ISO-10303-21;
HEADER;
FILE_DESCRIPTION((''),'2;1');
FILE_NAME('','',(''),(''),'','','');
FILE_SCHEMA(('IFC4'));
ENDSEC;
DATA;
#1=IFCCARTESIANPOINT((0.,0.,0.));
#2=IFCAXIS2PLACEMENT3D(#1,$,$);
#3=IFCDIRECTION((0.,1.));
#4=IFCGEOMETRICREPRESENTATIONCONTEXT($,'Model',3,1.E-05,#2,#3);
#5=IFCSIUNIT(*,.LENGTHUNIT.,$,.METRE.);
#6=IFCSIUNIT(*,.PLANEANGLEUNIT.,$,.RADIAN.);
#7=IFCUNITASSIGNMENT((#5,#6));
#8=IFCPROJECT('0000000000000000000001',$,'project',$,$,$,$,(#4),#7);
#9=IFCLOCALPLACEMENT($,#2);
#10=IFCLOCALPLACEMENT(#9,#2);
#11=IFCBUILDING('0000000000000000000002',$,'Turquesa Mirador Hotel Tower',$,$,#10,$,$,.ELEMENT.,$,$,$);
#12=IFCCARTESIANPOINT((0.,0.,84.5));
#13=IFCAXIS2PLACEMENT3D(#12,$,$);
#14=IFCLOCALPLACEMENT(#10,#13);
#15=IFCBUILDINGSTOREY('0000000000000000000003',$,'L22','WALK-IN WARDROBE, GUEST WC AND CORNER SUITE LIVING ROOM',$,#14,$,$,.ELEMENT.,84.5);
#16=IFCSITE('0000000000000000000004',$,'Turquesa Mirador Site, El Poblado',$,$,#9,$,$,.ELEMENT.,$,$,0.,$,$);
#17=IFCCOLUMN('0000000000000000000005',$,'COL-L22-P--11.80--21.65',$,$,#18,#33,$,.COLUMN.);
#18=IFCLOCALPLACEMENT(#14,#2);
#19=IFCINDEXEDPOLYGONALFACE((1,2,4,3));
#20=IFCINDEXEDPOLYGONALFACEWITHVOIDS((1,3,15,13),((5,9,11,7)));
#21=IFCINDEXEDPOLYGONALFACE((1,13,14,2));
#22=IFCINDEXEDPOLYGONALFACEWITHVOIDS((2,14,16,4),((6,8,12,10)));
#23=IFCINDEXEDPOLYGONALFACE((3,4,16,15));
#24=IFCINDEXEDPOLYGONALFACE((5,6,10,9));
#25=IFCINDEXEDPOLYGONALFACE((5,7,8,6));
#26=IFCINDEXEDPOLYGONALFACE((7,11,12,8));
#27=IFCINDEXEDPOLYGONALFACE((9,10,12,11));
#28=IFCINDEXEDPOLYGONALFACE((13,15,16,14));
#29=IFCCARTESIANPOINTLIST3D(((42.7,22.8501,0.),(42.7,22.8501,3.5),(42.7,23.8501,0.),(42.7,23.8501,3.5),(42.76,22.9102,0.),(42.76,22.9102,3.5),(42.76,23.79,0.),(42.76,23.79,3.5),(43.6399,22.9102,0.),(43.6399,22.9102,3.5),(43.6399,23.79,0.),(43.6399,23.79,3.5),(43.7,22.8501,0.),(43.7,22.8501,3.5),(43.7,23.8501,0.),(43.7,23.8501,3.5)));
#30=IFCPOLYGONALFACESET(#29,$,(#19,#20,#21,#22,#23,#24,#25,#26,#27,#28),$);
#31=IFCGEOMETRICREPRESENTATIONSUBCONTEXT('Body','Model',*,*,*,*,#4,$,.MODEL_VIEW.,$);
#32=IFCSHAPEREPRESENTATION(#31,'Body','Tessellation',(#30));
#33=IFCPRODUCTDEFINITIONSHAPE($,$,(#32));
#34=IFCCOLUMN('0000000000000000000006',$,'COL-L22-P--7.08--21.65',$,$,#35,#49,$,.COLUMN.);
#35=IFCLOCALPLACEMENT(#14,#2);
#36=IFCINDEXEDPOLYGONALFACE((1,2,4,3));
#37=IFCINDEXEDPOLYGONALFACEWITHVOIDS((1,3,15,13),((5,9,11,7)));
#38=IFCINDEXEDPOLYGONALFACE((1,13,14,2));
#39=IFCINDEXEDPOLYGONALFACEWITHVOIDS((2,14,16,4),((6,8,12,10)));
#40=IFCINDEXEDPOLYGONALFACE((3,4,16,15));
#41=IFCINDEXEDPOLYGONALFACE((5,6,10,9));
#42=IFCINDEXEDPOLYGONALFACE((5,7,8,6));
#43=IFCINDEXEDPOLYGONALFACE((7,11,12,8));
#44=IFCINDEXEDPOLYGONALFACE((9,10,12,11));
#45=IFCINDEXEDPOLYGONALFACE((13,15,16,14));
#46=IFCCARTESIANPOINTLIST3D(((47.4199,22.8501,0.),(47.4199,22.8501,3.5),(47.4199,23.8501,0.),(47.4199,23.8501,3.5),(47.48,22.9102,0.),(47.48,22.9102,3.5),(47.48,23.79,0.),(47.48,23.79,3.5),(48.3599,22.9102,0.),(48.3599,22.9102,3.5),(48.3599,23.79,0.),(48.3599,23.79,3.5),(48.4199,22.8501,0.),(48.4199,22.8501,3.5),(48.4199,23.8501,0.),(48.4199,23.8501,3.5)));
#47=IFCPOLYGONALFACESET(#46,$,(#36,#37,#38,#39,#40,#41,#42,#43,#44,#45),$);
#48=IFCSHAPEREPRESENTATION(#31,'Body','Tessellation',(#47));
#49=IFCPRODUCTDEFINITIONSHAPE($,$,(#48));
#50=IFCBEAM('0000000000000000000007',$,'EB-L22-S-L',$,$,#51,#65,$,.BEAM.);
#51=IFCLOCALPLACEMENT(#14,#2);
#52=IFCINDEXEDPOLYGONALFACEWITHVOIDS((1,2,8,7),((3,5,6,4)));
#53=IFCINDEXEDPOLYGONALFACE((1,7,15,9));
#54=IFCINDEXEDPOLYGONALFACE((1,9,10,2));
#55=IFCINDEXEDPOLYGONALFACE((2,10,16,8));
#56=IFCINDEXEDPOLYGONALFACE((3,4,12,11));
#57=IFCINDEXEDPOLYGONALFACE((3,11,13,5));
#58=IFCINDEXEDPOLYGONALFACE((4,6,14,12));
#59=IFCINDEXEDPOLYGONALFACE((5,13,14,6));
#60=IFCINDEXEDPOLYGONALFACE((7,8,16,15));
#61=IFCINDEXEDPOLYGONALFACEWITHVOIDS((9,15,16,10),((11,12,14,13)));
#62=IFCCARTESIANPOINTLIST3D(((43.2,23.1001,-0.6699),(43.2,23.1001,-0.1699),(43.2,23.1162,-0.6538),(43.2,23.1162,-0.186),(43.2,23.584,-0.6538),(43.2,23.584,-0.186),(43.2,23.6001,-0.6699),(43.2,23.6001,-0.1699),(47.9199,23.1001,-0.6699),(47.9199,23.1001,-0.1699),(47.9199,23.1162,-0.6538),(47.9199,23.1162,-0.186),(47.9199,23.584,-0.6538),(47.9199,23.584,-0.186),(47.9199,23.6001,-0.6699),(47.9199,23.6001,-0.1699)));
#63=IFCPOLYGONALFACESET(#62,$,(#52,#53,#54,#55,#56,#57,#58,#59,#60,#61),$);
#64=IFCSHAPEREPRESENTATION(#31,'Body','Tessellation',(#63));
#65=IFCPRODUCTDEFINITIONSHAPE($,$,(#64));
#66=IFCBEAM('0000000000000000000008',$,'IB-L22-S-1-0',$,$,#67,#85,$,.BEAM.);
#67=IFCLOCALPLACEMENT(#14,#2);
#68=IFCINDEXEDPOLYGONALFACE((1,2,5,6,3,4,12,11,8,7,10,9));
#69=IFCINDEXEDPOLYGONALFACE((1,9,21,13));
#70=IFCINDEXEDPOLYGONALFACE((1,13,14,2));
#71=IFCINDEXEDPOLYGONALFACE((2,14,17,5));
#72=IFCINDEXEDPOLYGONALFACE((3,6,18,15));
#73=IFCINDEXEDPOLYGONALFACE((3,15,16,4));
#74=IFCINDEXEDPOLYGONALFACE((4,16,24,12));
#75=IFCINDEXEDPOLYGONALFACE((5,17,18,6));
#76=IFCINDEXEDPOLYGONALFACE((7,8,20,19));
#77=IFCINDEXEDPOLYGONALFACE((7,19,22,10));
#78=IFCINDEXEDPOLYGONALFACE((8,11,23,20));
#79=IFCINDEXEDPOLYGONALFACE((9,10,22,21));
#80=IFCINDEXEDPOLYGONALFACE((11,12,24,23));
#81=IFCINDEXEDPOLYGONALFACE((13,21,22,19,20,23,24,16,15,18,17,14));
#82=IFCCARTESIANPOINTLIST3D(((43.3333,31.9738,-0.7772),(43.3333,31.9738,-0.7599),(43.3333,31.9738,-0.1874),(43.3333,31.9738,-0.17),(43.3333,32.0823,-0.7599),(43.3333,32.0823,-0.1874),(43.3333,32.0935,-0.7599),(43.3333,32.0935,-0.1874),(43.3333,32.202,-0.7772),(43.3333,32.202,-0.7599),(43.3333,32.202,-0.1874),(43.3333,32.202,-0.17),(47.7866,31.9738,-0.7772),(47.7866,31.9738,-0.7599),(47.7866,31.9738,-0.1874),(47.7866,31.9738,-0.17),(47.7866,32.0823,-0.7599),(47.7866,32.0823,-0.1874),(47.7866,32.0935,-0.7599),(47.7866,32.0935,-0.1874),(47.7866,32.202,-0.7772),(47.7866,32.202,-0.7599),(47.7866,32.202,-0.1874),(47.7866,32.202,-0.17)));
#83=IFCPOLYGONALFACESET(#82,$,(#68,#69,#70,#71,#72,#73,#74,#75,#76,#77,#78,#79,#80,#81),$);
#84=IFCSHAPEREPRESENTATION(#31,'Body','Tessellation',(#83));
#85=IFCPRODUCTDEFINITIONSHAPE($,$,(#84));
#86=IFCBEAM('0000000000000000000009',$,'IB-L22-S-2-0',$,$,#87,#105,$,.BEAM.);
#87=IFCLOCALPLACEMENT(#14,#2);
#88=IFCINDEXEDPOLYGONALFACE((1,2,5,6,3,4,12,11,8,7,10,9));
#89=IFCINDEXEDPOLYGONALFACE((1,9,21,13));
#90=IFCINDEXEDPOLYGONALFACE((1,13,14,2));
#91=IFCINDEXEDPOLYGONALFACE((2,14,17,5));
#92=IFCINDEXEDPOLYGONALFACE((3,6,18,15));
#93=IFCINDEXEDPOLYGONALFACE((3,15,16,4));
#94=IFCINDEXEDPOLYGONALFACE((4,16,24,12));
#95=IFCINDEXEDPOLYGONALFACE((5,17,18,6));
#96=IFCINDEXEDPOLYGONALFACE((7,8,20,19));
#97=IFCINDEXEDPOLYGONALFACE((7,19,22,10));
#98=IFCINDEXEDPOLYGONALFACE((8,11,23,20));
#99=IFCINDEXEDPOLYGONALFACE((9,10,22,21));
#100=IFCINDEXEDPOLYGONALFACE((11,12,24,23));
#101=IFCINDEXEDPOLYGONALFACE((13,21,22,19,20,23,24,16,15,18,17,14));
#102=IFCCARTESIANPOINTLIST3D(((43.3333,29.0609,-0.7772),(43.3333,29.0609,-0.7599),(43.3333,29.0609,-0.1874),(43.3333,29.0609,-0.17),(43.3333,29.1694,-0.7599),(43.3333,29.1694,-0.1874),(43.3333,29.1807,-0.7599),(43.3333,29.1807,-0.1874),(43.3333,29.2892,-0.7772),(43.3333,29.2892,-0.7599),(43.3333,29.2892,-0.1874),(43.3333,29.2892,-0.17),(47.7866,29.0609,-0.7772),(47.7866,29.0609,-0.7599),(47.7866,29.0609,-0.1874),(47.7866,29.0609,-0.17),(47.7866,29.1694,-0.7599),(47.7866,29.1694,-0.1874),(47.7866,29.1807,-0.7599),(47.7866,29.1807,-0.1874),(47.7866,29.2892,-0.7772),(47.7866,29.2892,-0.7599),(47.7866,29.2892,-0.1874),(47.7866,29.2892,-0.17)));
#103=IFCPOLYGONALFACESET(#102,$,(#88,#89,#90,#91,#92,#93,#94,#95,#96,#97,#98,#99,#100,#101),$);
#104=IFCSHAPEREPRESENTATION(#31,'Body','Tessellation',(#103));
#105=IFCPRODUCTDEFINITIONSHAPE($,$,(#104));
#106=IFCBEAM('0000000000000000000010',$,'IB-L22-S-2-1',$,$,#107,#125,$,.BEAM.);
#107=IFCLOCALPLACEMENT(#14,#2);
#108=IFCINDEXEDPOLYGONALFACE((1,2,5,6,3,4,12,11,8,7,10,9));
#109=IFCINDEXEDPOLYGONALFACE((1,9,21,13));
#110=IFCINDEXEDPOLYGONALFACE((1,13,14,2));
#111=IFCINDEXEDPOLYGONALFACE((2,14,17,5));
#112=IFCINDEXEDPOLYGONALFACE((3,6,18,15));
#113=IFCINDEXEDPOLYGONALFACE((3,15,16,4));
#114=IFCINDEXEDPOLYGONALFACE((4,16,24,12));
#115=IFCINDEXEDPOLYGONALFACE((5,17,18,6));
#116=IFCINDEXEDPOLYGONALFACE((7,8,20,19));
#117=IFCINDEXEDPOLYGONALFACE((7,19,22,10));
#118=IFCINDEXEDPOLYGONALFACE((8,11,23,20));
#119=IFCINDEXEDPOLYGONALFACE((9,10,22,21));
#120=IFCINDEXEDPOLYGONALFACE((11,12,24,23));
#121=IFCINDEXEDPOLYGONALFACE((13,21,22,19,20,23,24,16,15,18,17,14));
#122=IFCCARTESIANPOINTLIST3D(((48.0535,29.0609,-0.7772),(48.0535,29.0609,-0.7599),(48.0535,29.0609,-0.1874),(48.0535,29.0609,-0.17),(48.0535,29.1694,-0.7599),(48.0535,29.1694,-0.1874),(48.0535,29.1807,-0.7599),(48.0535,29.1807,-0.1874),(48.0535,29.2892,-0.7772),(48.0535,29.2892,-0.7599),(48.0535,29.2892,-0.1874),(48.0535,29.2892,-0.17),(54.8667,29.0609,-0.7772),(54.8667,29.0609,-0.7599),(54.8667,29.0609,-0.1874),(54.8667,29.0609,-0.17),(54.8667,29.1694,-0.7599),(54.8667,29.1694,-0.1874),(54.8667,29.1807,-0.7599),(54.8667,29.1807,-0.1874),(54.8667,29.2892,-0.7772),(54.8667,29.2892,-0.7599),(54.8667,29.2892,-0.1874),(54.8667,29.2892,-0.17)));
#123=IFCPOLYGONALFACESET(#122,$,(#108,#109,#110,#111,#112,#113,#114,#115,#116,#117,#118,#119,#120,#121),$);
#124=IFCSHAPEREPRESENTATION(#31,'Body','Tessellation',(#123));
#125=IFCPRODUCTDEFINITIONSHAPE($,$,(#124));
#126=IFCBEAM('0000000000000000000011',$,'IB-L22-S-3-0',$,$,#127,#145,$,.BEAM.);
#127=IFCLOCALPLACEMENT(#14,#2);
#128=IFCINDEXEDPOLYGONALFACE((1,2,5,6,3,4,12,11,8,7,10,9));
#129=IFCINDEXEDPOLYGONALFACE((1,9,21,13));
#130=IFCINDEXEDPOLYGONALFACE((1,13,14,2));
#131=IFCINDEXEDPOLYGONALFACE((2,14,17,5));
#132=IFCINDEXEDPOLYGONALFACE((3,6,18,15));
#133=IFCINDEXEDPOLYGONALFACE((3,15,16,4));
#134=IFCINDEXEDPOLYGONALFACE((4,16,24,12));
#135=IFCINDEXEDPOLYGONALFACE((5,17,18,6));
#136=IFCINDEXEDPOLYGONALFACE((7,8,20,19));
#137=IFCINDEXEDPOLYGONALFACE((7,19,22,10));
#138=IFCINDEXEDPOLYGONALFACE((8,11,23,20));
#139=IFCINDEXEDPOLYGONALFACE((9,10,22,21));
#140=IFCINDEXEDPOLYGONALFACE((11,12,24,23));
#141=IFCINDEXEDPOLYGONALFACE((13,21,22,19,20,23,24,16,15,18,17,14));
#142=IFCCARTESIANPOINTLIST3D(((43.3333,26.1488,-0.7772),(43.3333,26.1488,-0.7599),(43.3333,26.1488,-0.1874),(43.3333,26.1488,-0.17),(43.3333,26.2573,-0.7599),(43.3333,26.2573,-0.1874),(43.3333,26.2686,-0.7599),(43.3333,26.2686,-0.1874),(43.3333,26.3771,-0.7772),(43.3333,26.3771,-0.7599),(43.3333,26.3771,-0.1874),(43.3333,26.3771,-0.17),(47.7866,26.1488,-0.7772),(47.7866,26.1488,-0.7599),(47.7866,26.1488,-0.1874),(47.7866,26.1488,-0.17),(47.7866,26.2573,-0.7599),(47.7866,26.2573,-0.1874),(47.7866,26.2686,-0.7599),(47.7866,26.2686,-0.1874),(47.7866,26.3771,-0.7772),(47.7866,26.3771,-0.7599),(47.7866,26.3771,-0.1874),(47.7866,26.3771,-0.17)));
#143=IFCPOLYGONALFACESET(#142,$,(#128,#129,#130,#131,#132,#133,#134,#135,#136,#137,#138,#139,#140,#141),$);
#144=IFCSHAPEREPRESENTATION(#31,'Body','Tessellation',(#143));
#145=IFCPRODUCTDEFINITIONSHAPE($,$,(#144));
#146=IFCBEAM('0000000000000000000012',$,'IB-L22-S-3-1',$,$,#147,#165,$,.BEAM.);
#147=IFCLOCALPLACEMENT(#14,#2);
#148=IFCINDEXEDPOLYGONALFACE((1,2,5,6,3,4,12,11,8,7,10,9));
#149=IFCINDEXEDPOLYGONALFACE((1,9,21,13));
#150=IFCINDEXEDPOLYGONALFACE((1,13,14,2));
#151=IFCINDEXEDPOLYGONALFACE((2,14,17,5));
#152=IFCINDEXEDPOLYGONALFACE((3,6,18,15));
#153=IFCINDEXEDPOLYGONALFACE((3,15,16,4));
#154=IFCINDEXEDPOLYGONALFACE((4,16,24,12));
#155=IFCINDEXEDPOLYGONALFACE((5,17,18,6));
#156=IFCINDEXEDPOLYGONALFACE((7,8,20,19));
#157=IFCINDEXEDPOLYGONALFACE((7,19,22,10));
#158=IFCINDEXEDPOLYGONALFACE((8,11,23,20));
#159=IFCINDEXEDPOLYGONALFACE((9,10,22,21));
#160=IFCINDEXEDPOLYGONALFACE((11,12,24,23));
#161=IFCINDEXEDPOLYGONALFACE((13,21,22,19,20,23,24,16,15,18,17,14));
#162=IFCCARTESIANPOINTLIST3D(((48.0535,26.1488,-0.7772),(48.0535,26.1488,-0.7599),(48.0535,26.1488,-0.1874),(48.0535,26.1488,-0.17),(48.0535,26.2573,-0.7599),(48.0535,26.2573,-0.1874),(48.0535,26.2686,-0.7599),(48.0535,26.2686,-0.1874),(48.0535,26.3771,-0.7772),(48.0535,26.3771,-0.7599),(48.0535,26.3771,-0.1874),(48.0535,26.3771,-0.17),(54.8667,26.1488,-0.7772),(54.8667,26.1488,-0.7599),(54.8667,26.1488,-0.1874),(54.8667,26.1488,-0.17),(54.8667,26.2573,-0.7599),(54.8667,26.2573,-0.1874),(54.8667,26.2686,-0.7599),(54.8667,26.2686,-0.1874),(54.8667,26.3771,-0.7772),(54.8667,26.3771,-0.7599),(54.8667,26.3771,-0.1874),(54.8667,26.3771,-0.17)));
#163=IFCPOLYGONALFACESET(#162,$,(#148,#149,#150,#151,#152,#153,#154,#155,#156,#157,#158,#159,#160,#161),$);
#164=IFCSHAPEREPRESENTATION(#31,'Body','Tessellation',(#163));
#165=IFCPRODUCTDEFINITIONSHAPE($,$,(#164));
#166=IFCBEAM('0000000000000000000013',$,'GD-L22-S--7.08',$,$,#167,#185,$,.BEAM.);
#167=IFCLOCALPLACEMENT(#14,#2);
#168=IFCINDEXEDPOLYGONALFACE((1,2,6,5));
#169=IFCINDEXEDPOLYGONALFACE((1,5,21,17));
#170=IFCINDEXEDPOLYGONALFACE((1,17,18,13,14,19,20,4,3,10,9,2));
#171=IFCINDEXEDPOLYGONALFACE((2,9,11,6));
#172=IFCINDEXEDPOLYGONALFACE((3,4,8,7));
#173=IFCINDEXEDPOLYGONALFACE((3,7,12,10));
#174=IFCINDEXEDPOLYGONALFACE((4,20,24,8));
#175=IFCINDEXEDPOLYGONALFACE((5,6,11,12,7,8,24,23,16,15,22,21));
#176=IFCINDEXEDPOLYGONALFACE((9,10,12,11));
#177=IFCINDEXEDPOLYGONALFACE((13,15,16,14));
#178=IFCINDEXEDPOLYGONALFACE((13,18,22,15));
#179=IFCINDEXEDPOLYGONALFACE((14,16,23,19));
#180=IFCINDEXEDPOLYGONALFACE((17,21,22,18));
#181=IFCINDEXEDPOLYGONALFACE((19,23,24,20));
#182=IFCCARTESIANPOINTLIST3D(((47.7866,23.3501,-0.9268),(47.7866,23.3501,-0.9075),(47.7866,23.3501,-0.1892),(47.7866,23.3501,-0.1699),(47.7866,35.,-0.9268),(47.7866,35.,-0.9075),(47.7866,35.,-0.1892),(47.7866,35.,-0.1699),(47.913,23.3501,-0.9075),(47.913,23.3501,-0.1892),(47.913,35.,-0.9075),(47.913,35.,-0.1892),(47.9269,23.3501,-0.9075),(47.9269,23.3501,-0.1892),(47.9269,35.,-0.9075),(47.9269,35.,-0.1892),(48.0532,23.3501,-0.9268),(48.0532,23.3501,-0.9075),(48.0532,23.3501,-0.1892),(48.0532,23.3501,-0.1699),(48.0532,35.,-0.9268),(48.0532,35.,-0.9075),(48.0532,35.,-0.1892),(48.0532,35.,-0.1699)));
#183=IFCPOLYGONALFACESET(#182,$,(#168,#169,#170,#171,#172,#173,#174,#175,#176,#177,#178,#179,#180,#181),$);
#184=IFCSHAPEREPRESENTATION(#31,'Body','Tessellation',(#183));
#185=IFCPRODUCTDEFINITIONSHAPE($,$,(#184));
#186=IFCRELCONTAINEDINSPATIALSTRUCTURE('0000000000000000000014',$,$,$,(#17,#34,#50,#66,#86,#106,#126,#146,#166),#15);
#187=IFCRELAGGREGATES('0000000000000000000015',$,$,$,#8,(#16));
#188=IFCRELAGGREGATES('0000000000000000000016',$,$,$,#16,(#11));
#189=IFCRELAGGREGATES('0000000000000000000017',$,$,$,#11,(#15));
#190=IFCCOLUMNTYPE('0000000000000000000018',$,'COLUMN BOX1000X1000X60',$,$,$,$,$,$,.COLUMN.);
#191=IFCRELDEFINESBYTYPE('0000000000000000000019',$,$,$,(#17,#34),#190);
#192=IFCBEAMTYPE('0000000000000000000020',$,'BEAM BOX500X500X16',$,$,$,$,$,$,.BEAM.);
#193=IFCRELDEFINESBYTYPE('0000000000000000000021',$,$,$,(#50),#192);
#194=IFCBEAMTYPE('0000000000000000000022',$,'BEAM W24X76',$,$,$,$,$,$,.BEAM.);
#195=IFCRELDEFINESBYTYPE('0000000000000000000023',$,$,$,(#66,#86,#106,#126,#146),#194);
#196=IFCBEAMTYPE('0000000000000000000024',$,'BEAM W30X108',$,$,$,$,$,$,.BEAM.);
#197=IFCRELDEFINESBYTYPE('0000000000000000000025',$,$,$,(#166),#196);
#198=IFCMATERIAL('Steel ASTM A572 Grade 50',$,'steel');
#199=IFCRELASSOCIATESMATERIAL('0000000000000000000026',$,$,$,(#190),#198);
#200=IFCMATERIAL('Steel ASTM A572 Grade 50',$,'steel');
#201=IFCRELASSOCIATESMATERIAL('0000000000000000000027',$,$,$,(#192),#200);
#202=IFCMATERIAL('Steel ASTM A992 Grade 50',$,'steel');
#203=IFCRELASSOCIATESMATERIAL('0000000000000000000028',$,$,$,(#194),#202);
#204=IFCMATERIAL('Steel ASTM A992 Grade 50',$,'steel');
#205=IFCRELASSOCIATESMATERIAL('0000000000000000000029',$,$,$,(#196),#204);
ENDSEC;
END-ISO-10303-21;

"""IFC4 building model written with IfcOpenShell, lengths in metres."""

from ifc_helpers import new_model, si_unit, direction, frame, origin, origin_2d, place, context, subcontext, project, spatial, hollow_rectangle, i_section, extrude, material, material_profile, profile_set, type_object, element, save


model = new_model("IFC4")

# Units and contexts
model_context = context("Model", 3, precision=1e-05, world=origin(), true_north=direction((0.0, 1.0)))
body_context = subcontext(model_context, "Body", "Model", "MODEL_VIEW")
ifc_project = project(units=[si_unit("LENGTHUNIT", "METRE"), si_unit("PLANEANGLEUNIT", "RADIAN")], contexts=[model_context])

# Site, building, storey
site_placement = place(None, origin())
site = spatial("IfcSite", under=ifc_project, at=site_placement, Name="Turquesa Mirador Site, El Poblado", CompositionType="ELEMENT", RefElevation=0.0)
building_placement = place(site_placement, origin())
building = spatial("IfcBuilding", under=site, at=building_placement, Name="Turquesa Mirador Hotel Tower", CompositionType="ELEMENT")
storey_placement = place(building_placement, frame((0.0, 0.0, 84.5)))
storey = spatial("IfcBuildingStorey", under=building, at=storey_placement, Name="L22", Description="WALK-IN WARDROBE, GUEST WC AND CORNER SUITE LIVING ROOM", CompositionType="ELEMENT", Elevation=84.5)

# Columns
ifc_material_1 = material(Name="Steel ASTM A572 Grade 50", Category="steel")
ifc_material_profile_1 = material_profile(ifc_material_1, hollow_rectangle(XDim=1.0, YDim=1.0, WallThickness=0.0601, at=origin_2d()), Name="BOX1000X1000X60")
ifc_profile_set_1 = profile_set([ifc_material_profile_1], Name="Steel ASTM A572 Grade 50")
column_type = type_object("IfcColumnType", Name="COLUMN BOX1000X1000X60", PredefinedType="COLUMN", material=ifc_profile_set_1)
for number, where, z_axis, x_axis, name in (
    (1, (43.2, 23.3501, 0.0), (0.0, 0.0, 1.0), (1.0, 0.0, 0.0), "COL-L22-P--11.80--21.65"),
    (2, (47.9199, 23.3501, 0.0), (0.0, 0.0, 1.0), (1.0, 0.0, 0.0), "COL-L22-P--7.08--21.65"),
):
    element("IfcColumn", number, at=place(storey_placement, frame(where, z_axis=z_axis, x_axis=x_axis)), inside=storey, type_object=column_type, Name=name, PredefinedType="COLUMN", context=body_context, shape_type="SweptSolid", body=[
        extrude(hollow_rectangle(XDim=1.0, YDim=1.0, WallThickness=0.0601, at=origin_2d()), origin(), (0.0, 0.0, 1.0), 3.5),
    ])

# Beams
ifc_material_2 = material(Name="Steel ASTM A572 Grade 50", Category="steel")
ifc_material_profile_2 = material_profile(ifc_material_2, hollow_rectangle(XDim=0.5, YDim=0.5, WallThickness=0.0161, at=origin_2d()), Name="BOX500X500X16")
ifc_profile_set_2 = profile_set([ifc_material_profile_2], Name="Steel ASTM A572 Grade 50")
beam_type_1 = type_object("IfcBeamType", Name="BEAM BOX500X500X16", PredefinedType="BEAM", material=ifc_profile_set_2)
beam_1_placement = place(storey_placement, frame((43.2, 23.3501, -0.4199), z_axis=(1.0, 0.0, 0.0), x_axis=(0.0, 1.0, 0.0)))
element("IfcBeam", 3, at=beam_1_placement, inside=storey, type_object=beam_type_1, Name="EB-L22-S-L", PredefinedType="BEAM", context=body_context, shape_type="SweptSolid", body=[
    extrude(hollow_rectangle(XDim=0.5, YDim=0.5, WallThickness=0.0161, at=origin_2d()), origin(), (0.0, 0.0, 1.0), 4.72),
])
ifc_material_3 = material(Name="Steel ASTM A992 Grade 50", Category="steel")
ifc_material_profile_3 = material_profile(ifc_material_3, i_section(OverallWidth=0.2283, OverallDepth=0.6072, WebThickness=0.0112, FlangeThickness=0.0173, at=origin_2d()), Name="W24X76")
ifc_profile_set_3 = profile_set([ifc_material_profile_3], Name="Steel ASTM A992 Grade 50")
beam_type_2 = type_object("IfcBeamType", Name="BEAM W24X76", PredefinedType="BEAM", material=ifc_profile_set_3)
for number, where, z_axis, x_axis, name in (
    (4, (43.3333, 32.0879, -0.4736), (1.0, 0.0, 0.0), (0.0, 1.0, 0.0), "IB-L22-S-1-0"),
    (5, (43.3333, 29.175, -0.4736), (1.0, 0.0, 0.0), (0.0, 1.0, 0.0), "IB-L22-S-2-0"),
):
    element("IfcBeam", number, at=place(storey_placement, frame(where, z_axis=z_axis, x_axis=x_axis)), inside=storey, type_object=beam_type_2, Name=name, PredefinedType="BEAM", context=body_context, shape_type="SweptSolid", body=[
        extrude(i_section(OverallWidth=0.2283, OverallDepth=0.6072, WebThickness=0.0112, FlangeThickness=0.0173, at=origin_2d()), origin(), (0.0, 0.0, 1.0), 4.4534),
    ])
beam_2_placement = place(storey_placement, frame((48.0535, 29.175, -0.4736), z_axis=(1.0, 0.0, 0.0), x_axis=(0.0, 1.0, 0.0)))
element("IfcBeam", 6, at=beam_2_placement, inside=storey, type_object=beam_type_2, Name="IB-L22-S-2-1", PredefinedType="BEAM", context=body_context, shape_type="SweptSolid", body=[
    extrude(i_section(OverallWidth=0.2283, OverallDepth=0.6072, WebThickness=0.0112, FlangeThickness=0.0173, at=origin_2d()), origin(), (0.0, 0.0, 1.0), 6.8132),
])
beam_3_placement = place(storey_placement, frame((43.3333, 26.2629, -0.4736), z_axis=(1.0, 0.0, 0.0), x_axis=(0.0, 1.0, 0.0)))
element("IfcBeam", 7, at=beam_3_placement, inside=storey, type_object=beam_type_2, Name="IB-L22-S-3-0", PredefinedType="BEAM", context=body_context, shape_type="SweptSolid", body=[
    extrude(i_section(OverallWidth=0.2283, OverallDepth=0.6072, WebThickness=0.0112, FlangeThickness=0.0173, at=origin_2d()), origin(), (0.0, 0.0, 1.0), 4.4534),
])
beam_4_placement = place(storey_placement, frame((48.0535, 26.2629, -0.4736), z_axis=(1.0, 0.0, 0.0), x_axis=(0.0, 1.0, 0.0)))
element("IfcBeam", 8, at=beam_4_placement, inside=storey, type_object=beam_type_2, Name="IB-L22-S-3-1", PredefinedType="BEAM", context=body_context, shape_type="SweptSolid", body=[
    extrude(i_section(OverallWidth=0.2283, OverallDepth=0.6072, WebThickness=0.0112, FlangeThickness=0.0173, at=origin_2d()), origin(), (0.0, 0.0, 1.0), 6.8132),
])
ifc_material_4 = material(Name="Steel ASTM A992 Grade 50", Category="steel")
ifc_material_profile_4 = material_profile(ifc_material_4, i_section(OverallWidth=0.2666, OverallDepth=0.7568, WebThickness=0.0139, FlangeThickness=0.0193, at=origin_2d()), Name="W30X108")
ifc_profile_set_4 = profile_set([ifc_material_profile_4], Name="Steel ASTM A992 Grade 50")
beam_type_3 = type_object("IfcBeamType", Name="BEAM W30X108", PredefinedType="BEAM", material=ifc_profile_set_4)
beam_5_placement = place(storey_placement, frame((47.9199, 23.3501, -0.5483), z_axis=(0.0, 1.0, 0.0), x_axis=(-1.0, 0.0, 0.0)))
element("IfcBeam", 9, at=beam_5_placement, inside=storey, type_object=beam_type_3, Name="GD-L22-S--7.08", PredefinedType="BEAM", context=body_context, shape_type="SweptSolid", body=[
    extrude(i_section(OverallWidth=0.2666, OverallDepth=0.7568, WebThickness=0.0139, FlangeThickness=0.0193, at=origin_2d()), origin(), (0.0, 0.0, 1.0), 11.6499),
])

save(model, "model.ifc")
